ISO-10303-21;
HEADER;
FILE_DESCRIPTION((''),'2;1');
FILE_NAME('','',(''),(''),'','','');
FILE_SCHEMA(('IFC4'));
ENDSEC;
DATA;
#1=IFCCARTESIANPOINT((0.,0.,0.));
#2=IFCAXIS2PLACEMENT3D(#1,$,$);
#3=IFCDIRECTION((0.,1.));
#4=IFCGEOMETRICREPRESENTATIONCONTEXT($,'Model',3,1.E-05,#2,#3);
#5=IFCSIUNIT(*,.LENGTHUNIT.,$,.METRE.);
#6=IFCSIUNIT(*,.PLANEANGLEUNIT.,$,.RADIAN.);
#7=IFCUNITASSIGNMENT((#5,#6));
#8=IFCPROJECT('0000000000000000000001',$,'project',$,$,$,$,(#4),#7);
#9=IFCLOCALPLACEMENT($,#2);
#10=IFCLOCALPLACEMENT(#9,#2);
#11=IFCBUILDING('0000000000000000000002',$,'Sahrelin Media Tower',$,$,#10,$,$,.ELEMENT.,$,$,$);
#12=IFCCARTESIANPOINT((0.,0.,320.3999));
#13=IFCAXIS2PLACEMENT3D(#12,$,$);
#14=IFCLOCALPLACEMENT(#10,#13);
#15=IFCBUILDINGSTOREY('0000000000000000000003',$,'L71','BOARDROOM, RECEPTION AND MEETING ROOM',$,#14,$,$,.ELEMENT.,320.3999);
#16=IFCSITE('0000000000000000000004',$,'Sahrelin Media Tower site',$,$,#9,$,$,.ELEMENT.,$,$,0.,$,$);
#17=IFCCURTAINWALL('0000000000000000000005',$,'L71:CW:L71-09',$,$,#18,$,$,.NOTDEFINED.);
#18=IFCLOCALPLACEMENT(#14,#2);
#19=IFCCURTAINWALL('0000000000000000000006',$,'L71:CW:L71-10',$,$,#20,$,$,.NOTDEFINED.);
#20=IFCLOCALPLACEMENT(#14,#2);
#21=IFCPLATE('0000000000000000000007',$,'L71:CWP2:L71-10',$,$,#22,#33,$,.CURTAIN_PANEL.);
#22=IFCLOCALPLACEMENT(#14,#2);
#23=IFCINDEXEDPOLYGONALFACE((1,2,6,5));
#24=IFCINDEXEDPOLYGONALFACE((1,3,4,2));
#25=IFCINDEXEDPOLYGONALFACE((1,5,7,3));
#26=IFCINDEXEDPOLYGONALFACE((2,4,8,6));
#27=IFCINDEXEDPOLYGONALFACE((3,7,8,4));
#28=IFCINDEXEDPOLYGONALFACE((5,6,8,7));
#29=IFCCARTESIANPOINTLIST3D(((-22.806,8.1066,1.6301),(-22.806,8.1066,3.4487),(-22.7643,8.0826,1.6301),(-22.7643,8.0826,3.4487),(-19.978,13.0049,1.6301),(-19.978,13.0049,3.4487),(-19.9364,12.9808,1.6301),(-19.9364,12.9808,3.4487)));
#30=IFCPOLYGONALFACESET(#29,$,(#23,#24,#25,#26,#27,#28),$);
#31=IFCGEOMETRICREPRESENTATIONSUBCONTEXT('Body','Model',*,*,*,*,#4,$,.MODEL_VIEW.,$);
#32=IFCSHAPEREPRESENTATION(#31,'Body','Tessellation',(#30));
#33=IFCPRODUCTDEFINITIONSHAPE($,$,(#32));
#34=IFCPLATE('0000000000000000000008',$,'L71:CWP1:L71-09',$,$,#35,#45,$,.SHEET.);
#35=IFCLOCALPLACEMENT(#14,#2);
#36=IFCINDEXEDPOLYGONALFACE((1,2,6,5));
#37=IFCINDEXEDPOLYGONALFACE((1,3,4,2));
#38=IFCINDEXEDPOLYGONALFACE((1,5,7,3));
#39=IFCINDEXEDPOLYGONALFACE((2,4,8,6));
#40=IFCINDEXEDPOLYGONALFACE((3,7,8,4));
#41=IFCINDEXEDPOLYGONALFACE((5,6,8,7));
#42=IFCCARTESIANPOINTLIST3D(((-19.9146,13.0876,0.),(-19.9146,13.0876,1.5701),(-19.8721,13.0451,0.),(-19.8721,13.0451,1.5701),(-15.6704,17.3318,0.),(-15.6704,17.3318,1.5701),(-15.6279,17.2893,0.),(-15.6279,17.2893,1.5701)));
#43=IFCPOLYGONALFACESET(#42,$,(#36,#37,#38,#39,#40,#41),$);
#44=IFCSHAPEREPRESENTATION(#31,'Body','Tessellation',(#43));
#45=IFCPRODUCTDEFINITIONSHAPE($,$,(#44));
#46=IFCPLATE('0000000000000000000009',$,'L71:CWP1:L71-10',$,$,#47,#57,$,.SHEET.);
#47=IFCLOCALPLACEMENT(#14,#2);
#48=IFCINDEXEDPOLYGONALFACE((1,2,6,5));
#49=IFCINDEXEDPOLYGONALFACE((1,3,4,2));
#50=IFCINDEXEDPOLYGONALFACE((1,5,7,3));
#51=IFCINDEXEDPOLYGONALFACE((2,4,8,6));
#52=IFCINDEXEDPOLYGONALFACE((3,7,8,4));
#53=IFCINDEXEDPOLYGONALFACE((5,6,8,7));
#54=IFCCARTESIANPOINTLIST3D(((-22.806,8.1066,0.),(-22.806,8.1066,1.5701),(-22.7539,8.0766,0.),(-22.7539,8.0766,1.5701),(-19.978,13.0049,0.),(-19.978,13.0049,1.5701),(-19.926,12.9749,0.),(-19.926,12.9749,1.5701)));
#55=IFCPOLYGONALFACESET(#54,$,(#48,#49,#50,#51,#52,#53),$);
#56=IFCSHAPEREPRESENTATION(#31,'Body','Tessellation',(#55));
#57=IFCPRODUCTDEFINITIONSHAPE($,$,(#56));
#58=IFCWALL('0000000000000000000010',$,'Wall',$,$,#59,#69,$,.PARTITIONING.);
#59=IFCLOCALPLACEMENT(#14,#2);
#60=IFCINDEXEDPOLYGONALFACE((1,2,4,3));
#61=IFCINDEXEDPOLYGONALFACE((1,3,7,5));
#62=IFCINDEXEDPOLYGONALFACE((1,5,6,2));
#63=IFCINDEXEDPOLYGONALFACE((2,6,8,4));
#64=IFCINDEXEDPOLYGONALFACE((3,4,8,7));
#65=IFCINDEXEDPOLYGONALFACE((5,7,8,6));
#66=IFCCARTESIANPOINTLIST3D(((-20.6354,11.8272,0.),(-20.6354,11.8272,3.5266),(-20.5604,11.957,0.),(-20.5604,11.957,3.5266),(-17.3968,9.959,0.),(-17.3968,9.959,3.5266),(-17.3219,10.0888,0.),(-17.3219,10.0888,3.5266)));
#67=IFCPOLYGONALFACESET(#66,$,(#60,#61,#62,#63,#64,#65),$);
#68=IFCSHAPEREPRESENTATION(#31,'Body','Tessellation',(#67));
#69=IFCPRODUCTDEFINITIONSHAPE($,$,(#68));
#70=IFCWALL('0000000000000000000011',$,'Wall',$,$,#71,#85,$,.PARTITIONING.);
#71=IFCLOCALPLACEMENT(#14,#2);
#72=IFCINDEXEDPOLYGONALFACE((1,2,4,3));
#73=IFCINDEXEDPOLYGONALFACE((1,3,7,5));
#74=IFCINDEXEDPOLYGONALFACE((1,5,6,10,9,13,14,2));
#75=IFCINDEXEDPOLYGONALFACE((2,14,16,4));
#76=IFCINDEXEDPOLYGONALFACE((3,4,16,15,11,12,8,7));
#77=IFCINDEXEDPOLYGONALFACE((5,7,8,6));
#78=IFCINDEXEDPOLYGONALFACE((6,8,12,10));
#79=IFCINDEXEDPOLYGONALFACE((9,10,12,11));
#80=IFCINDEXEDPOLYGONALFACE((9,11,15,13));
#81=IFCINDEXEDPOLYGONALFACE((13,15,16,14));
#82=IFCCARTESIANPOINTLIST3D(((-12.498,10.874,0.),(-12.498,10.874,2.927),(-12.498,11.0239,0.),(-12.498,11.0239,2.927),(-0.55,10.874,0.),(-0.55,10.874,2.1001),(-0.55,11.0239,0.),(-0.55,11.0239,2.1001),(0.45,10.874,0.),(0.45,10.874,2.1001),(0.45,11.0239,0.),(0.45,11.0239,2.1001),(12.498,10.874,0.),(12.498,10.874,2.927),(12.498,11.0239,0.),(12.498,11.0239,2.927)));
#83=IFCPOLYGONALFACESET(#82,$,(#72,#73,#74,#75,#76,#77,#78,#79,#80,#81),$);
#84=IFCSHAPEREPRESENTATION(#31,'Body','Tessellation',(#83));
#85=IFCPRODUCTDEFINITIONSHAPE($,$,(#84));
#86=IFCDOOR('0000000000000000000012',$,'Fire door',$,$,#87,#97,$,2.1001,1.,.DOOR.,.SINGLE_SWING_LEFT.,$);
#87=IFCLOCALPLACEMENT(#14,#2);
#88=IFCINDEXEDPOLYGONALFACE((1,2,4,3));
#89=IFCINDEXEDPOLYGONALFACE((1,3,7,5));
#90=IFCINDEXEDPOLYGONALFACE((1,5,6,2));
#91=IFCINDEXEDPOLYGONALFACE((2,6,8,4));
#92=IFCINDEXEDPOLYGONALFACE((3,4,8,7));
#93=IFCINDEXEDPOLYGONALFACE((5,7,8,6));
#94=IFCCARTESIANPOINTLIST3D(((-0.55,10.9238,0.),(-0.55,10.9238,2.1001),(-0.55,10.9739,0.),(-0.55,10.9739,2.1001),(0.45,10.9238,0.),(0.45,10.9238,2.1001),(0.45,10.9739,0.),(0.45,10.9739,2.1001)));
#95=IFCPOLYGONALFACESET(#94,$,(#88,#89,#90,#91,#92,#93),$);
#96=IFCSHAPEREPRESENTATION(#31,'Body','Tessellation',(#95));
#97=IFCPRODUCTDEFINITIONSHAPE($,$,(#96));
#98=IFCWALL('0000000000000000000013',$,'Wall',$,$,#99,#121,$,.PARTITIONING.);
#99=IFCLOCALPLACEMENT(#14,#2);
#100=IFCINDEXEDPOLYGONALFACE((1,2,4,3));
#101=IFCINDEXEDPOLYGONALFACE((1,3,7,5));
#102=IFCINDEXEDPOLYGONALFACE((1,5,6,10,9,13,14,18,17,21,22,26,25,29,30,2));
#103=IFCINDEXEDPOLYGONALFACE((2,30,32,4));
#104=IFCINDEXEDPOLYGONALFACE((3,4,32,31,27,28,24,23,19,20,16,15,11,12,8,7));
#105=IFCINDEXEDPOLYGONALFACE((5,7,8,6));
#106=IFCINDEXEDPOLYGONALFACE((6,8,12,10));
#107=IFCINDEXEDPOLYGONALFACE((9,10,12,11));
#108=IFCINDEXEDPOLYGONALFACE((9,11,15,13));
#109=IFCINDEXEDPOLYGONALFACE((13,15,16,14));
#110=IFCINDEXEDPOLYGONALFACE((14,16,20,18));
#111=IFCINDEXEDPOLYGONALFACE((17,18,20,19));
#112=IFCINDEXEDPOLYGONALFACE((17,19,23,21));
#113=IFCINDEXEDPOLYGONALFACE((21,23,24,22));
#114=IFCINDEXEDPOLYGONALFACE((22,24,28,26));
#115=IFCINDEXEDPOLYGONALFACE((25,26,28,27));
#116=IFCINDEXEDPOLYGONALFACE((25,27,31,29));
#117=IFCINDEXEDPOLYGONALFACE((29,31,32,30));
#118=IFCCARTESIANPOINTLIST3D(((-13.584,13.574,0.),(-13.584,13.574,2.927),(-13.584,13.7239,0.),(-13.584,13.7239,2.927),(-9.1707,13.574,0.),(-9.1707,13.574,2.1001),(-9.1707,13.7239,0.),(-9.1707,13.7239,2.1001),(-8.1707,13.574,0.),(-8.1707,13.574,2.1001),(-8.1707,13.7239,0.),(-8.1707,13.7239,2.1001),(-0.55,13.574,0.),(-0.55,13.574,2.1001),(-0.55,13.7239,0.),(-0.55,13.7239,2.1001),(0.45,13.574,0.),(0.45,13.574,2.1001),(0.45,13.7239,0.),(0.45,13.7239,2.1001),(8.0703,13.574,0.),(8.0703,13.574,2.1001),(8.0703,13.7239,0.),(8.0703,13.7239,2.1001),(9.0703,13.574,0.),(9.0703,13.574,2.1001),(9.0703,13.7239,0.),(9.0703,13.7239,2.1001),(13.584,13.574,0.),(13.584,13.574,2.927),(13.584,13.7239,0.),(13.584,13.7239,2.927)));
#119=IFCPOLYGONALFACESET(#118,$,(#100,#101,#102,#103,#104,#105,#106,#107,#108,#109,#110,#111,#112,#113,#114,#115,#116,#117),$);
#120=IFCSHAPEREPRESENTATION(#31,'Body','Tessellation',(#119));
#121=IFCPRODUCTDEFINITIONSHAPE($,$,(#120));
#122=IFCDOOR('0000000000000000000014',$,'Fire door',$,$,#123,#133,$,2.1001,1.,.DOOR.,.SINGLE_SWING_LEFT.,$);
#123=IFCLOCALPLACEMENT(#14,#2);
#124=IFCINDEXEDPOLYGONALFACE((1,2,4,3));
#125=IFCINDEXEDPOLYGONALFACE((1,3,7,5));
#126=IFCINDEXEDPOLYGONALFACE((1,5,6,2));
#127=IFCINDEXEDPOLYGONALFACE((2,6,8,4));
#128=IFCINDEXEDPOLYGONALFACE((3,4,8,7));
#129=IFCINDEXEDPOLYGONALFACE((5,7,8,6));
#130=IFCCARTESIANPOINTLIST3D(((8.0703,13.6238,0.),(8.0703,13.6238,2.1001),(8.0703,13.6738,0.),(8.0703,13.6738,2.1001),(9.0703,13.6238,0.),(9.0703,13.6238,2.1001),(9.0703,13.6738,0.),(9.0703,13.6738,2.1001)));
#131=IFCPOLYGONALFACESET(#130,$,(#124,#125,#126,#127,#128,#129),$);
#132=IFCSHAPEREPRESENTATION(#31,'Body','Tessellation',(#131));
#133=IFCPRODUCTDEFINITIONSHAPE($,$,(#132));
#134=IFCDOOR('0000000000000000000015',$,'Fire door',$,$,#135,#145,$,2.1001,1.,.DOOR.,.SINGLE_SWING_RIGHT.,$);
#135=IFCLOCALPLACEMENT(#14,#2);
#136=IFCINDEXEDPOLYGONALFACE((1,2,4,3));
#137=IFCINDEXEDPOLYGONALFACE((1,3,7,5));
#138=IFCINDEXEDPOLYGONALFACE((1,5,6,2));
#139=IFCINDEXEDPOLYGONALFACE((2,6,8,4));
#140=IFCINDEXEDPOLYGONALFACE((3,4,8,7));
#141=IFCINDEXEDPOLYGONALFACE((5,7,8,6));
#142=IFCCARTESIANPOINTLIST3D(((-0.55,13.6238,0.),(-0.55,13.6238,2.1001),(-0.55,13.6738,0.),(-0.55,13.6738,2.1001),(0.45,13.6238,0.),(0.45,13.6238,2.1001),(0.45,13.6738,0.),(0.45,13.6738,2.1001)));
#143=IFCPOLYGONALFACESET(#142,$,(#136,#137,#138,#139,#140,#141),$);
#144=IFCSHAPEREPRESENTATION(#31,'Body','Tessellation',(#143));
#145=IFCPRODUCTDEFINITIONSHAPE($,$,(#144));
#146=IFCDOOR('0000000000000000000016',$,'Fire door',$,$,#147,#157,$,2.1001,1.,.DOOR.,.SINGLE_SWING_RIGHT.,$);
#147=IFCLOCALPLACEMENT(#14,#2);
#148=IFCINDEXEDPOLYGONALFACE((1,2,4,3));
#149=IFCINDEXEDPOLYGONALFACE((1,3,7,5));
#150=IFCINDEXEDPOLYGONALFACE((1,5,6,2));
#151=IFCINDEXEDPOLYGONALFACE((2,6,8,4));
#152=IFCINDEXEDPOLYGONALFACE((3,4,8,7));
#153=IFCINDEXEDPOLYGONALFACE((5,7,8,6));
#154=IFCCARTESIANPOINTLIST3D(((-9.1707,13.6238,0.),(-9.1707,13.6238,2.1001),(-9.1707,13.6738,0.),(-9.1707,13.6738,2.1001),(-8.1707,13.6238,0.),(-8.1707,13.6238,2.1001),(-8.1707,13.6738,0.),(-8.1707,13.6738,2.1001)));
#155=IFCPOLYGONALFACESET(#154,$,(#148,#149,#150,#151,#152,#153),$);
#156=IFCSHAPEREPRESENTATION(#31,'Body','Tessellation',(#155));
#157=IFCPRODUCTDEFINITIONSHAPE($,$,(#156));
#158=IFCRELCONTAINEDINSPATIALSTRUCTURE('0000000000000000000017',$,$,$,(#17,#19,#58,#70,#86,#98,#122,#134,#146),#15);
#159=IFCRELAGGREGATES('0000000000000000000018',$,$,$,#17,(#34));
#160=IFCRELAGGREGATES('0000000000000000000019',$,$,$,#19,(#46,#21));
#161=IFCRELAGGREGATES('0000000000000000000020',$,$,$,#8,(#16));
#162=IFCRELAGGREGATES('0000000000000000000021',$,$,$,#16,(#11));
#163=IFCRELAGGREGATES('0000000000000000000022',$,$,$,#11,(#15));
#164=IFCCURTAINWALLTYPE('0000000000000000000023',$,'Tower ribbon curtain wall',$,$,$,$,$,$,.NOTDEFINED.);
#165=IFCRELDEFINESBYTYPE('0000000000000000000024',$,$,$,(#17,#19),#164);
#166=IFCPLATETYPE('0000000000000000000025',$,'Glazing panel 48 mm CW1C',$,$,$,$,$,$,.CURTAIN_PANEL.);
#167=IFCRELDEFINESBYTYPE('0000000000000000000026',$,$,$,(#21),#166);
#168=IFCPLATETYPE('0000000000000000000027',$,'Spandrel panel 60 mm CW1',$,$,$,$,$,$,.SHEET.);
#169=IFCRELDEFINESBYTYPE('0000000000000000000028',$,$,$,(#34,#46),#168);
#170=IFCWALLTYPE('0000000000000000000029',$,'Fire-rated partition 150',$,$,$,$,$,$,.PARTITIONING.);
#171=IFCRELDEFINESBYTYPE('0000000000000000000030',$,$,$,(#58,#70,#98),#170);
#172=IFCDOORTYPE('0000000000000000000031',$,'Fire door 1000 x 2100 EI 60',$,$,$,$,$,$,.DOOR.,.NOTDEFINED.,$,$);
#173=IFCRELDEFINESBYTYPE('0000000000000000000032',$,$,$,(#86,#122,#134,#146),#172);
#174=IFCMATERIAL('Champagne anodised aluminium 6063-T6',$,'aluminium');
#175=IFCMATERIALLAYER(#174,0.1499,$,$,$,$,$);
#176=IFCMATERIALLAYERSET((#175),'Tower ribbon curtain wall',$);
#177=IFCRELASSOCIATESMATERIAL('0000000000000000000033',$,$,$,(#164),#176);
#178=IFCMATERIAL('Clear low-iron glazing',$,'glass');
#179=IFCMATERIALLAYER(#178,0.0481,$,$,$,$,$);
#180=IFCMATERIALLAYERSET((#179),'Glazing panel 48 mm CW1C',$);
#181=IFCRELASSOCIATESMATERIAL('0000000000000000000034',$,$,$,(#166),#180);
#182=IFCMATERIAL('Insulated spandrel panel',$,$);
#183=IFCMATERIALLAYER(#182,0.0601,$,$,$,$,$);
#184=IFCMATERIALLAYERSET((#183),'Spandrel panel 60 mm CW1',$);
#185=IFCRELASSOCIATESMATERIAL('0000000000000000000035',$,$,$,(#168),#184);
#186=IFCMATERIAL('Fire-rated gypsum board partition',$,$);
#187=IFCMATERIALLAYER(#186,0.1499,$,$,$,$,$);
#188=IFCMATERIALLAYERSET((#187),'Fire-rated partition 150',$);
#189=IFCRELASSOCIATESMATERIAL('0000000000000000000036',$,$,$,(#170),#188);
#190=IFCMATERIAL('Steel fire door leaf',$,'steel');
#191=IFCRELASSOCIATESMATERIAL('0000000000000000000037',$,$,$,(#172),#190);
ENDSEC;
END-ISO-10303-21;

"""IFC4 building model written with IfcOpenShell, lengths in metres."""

from ifc_helpers import new_model, si_unit, direction, frame, frame_2d, origin, place, context, subcontext, project, spatial, polyline, rectangle, outline, extrude, material, layer, layer_set, type_object, element, fill, aggregate, save


model = new_model("IFC4")

# Units and contexts
model_context = context("Model", 3, precision=1e-05, world=origin(), true_north=direction((0.0, 1.0)))
body_context = subcontext(model_context, "Body", "Model", "MODEL_VIEW")
ifc_project = project(units=[si_unit("LENGTHUNIT", "METRE"), si_unit("PLANEANGLEUNIT", "RADIAN")], contexts=[model_context])

# Site, building, storey
site_placement = place(None, origin())
site = spatial("IfcSite", under=ifc_project, at=site_placement, Name="Sahrelin Media Tower site", CompositionType="ELEMENT", RefElevation=0.0)
building_placement = place(site_placement, origin())
building = spatial("IfcBuilding", under=site, at=building_placement, Name="Sahrelin Media Tower", CompositionType="ELEMENT")
storey_placement = place(building_placement, frame((0.0, 0.0, 320.3999)))
storey = spatial("IfcBuildingStorey", under=building, at=storey_placement, Name="L71", Description="BOARDROOM, RECEPTION AND MEETING ROOM", CompositionType="ELEMENT", Elevation=320.3999)

# Curtain wall
ifc_material_1 = material(Name="Champagne anodised aluminium 6063-T6", Category="aluminium")
ifc_layer_1 = layer(ifc_material_1, 0.1499)
ifc_layer_set_1 = layer_set([ifc_layer_1], Name="Tower ribbon curtain wall")
curtain_wall_type = type_object("IfcCurtainWallType", Name="Tower ribbon curtain wall", PredefinedType="NOTDEFINED", material=ifc_layer_set_1)
curtain_wall_1_placement = place(storey_placement, frame((-17.7783, 15.1956, 0.0), z_axis=(0.0, 0.0, 1.0), x_axis=(1.0, 0.0, 0.0)))
curtain_wall_1 = element("IfcCurtainWall", 1, at=curtain_wall_1_placement, inside=storey, type_object=curtain_wall_type, Name="L71:CW:L71-09", PredefinedType="NOTDEFINED")

# Curtain wall
curtain_wall_2_placement = place(storey_placement, frame((-21.3748, 10.5459, 0.0), z_axis=(0.0, 0.0, 1.0), x_axis=(1.0, 0.0, 0.0)))
curtain_wall_2 = element("IfcCurtainWall", 2, at=curtain_wall_2_placement, inside=storey, type_object=curtain_wall_type, Name="L71:CW:L71-10", PredefinedType="NOTDEFINED")

# Plates
ifc_material_2 = material(Name="Clear low-iron glazing", Category="glass")
ifc_layer_2 = layer(ifc_material_2, 0.0481)
ifc_layer_set_2 = layer_set([ifc_layer_2], Name="Glazing panel 48 mm CW1C")
plate_type_1 = type_object("IfcPlateType", Name="Glazing panel 48 mm CW1C", PredefinedType="CURTAIN_PANEL", material=ifc_layer_set_2)
plate_1_placement = place(storey_placement, frame((-19.978, 13.0049, 1.6301), z_axis=(-0.866032, 0.499988, 0.0), x_axis=(-0.499988, -0.866032, 0.0)))
plate_1 = element("IfcPlate", 3, at=plate_1_placement, type_object=plate_type_1, Name="L71:CWP2:L71-10", PredefinedType="CURTAIN_PANEL", context=body_context, shape_type="SweptSolid", body=[
    extrude(outline(polyline([(0.0, 0.0), (5.656, 0.0), (5.656, 1.8186), (0.0, 1.8186), (0.0, 0.0)])), origin(), (0.0, 0.0, -1.0), 0.0481),
])
ifc_material_3 = material(Name="Insulated spandrel panel")
ifc_layer_3 = layer(ifc_material_3, 0.0601)
ifc_layer_set_3 = layer_set([ifc_layer_3], Name="Spandrel panel 60 mm CW1")
plate_type_2 = type_object("IfcPlateType", Name="Spandrel panel 60 mm CW1", PredefinedType="SHEET", material=ifc_layer_set_3)
plate_2_placement = place(storey_placement, frame((-15.6704, 17.3318, 0.0), z_axis=(-0.707107, 0.707107, 0.0), x_axis=(-0.707107, -0.707107, 0.0)))
plate_2 = element("IfcPlate", 4, at=plate_2_placement, type_object=plate_type_2, Name="L71:CWP1:L71-09", PredefinedType="SHEET", context=body_context, shape_type="SweptSolid", body=[
    extrude(outline(polyline([(0.0, 0.0), (6.0022, 0.0), (6.0022, 1.5701), (0.0, 1.5701), (0.0, 0.0)])), origin(), (0.0, 0.0, -1.0), 0.0601),
])
aggregate(curtain_wall_1, [plate_2])
plate_3_placement = place(storey_placement, frame((-19.978, 13.0049, 0.0), z_axis=(-0.866032, 0.499988, 0.0), x_axis=(-0.499988, -0.866032, 0.0)))
plate_3 = element("IfcPlate", 5, at=plate_3_placement, type_object=plate_type_2, Name="L71:CWP1:L71-10", PredefinedType="SHEET", context=body_context, shape_type="SweptSolid", body=[
    extrude(outline(polyline([(0.0, 0.0), (5.656, 0.0), (5.656, 1.5701), (0.0, 1.5701), (0.0, 0.0)])), origin(), (0.0, 0.0, -1.0), 0.0601),
])
aggregate(curtain_wall_2, [plate_3, plate_1])

# Wall
ifc_material_4 = material(Name="Fire-rated gypsum board partition")
ifc_layer_4 = layer(ifc_material_4, 0.1499)
ifc_layer_set_4 = layer_set([ifc_layer_4], Name="Fire-rated partition 150")
wall_type_1 = type_object("IfcWallType", Name="Fire-rated partition 150", PredefinedType="PARTITIONING", material=ifc_layer_set_4)
wall_1_placement = place(storey_placement, frame((-20.5979, 11.8921, 0.0), z_axis=(0.0, 0.0, 1.0), x_axis=(0.866211, -0.499679, 0.0)))
element("IfcWall", 6, at=wall_1_placement, inside=storey, type_object=wall_type_1, Name="Wall", PredefinedType="PARTITIONING", context=body_context, shape_type="SweptSolid", body=[
    extrude(rectangle(XDim=3.7388, YDim=0.1499, at=frame_2d((1.8694, 0.0))), origin(), (0.0, 0.0, 1.0), 3.5266),
])

# Wall, opening, door
wall_2_placement = place(storey_placement, frame((-12.498, 10.949, 0.0), z_axis=(0.0, 0.0, 1.0), x_axis=(1.0, 0.0, 0.0)))
wall_2 = element("IfcWall", 7, at=wall_2_placement, inside=storey, type_object=wall_type_1, Name="Wall", PredefinedType="PARTITIONING", context=body_context, shape_type="SweptSolid", body=[
    extrude(rectangle(XDim=24.9961, YDim=0.1499, at=frame_2d((12.498, 0.0))), origin(), (0.0, 0.0, 1.0), 2.927),
])
opening_1_placement = place(wall_2_placement, frame((11.948, 0.0, 0.0)))
opening_1 = element("IfcOpeningElement", 8, at=opening_1_placement, cuts=wall_2, PredefinedType="OPENING", context=body_context, shape_type="SweptSolid", body=[
    extrude(rectangle(XDim=1.0, YDim=2.1001, at=frame_2d((0.5, 1.05))), frame((0.0, 0.075, 0.0), z_axis=(0.0, -1.0, 0.0), x_axis=(1.0, 0.0, 0.0)), (0.0, 0.0, 1.0), 0.1499),
])
ifc_material_5 = material(Name="Steel fire door leaf", Category="steel")
door_type_1 = type_object("IfcDoorType", Name="Fire door 1000 x 2100 EI 60", OperationType="NOTDEFINED", PredefinedType="DOOR", material=ifc_material_5)
door_1_placement = place(opening_1_placement, origin())
door_1 = element("IfcDoor", 9, at=door_1_placement, inside=storey, type_object=door_type_1, Name="Fire door", OperationType="SINGLE_SWING_LEFT", OverallHeight=2.1001, OverallWidth=1.0, PredefinedType="DOOR", context=body_context, shape_type="SweptSolid", body=[
    extrude(rectangle(XDim=1.0, YDim=2.1001, at=frame_2d((0.5, 1.05))), frame((0.0, 0.0249, 0.0), z_axis=(0.0, -1.0, 0.0), x_axis=(1.0, 0.0, 0.0)), (0.0, 0.0, 1.0), 0.05),
])
fill(opening_1, door_1)

# Wall, openings, doors
wall_3_placement = place(storey_placement, frame((-13.584, 13.6489, 0.0), z_axis=(0.0, 0.0, 1.0), x_axis=(1.0, 0.0, 0.0)))
wall_3 = element("IfcWall", 10, at=wall_3_placement, inside=storey, type_object=wall_type_1, Name="Wall", PredefinedType="PARTITIONING", context=body_context, shape_type="SweptSolid", body=[
    extrude(rectangle(XDim=27.168, YDim=0.1499, at=frame_2d((13.584, 0.0))), origin(), (0.0, 0.0, 1.0), 2.927),
])
opening_2_placement = place(wall_3_placement, frame((21.6543, 0.0, 0.0)))
opening_2 = element("IfcOpeningElement", 11, at=opening_2_placement, cuts=wall_3, PredefinedType="OPENING", context=body_context, shape_type="SweptSolid", body=[
    extrude(rectangle(XDim=1.0, YDim=2.1001, at=frame_2d((0.5, 1.05))), frame((0.0, 0.075, 0.0), z_axis=(0.0, -1.0, 0.0), x_axis=(1.0, 0.0, 0.0)), (0.0, 0.0, 1.0), 0.1499),
])
opening_3_placement = place(wall_3_placement, frame((13.0339, 0.0, 0.0)))
opening_3 = element("IfcOpeningElement", 12, at=opening_3_placement, cuts=wall_3, PredefinedType="OPENING", context=body_context, shape_type="SweptSolid", body=[
    extrude(rectangle(XDim=1.0, YDim=2.1001, at=frame_2d((0.5, 1.05))), frame((0.0, 0.075, 0.0), z_axis=(0.0, -1.0, 0.0), x_axis=(1.0, 0.0, 0.0)), (0.0, 0.0, 1.0), 0.1499),
])
opening_4_placement = place(wall_3_placement, frame((4.4133, 0.0, 0.0)))
opening_4 = element("IfcOpeningElement", 13, at=opening_4_placement, cuts=wall_3, PredefinedType="OPENING", context=body_context, shape_type="SweptSolid", body=[
    extrude(rectangle(XDim=1.0, YDim=2.1001, at=frame_2d((0.5, 1.05))), frame((0.0, 0.075, 0.0), z_axis=(0.0, -1.0, 0.0), x_axis=(1.0, 0.0, 0.0)), (0.0, 0.0, 1.0), 0.1499),
])
door_2_placement = place(opening_2_placement, origin())
door_2 = element("IfcDoor", 14, at=door_2_placement, inside=storey, type_object=door_type_1, Name="Fire door", OperationType="SINGLE_SWING_LEFT", OverallHeight=2.1001, OverallWidth=1.0, PredefinedType="DOOR", context=body_context, shape_type="SweptSolid", body=[
    extrude(rectangle(XDim=1.0, YDim=2.1001, at=frame_2d((0.5, 1.05))), frame((0.0, 0.0249, 0.0), z_axis=(0.0, -1.0, 0.0), x_axis=(1.0, 0.0, 0.0)), (0.0, 0.0, 1.0), 0.05),
])
fill(opening_2, door_2)
door_3_placement = place(opening_3_placement, origin())
door_3 = element("IfcDoor", 15, at=door_3_placement, inside=storey, type_object=door_type_1, Name="Fire door", OperationType="SINGLE_SWING_RIGHT", OverallHeight=2.1001, OverallWidth=1.0, PredefinedType="DOOR", context=body_context, shape_type="SweptSolid", body=[
    extrude(rectangle(XDim=1.0, YDim=2.1001, at=frame_2d((0.5, 1.05))), frame((0.0, 0.0249, 0.0), z_axis=(0.0, -1.0, 0.0), x_axis=(1.0, 0.0, 0.0)), (0.0, 0.0, 1.0), 0.05),
])
fill(opening_3, door_3)
door_4_placement = place(opening_4_placement, origin())
door_4 = element("IfcDoor", 16, at=door_4_placement, inside=storey, type_object=door_type_1, Name="Fire door", OperationType="SINGLE_SWING_RIGHT", OverallHeight=2.1001, OverallWidth=1.0, PredefinedType="DOOR", context=body_context, shape_type="SweptSolid", body=[
    extrude(rectangle(XDim=1.0, YDim=2.1001, at=frame_2d((0.5, 1.05))), frame((0.0, 0.0249, 0.0), z_axis=(0.0, -1.0, 0.0), x_axis=(1.0, 0.0, 0.0)), (0.0, 0.0, 1.0), 0.05),
])
fill(opening_4, door_4)

save(model, "model.ifc")
